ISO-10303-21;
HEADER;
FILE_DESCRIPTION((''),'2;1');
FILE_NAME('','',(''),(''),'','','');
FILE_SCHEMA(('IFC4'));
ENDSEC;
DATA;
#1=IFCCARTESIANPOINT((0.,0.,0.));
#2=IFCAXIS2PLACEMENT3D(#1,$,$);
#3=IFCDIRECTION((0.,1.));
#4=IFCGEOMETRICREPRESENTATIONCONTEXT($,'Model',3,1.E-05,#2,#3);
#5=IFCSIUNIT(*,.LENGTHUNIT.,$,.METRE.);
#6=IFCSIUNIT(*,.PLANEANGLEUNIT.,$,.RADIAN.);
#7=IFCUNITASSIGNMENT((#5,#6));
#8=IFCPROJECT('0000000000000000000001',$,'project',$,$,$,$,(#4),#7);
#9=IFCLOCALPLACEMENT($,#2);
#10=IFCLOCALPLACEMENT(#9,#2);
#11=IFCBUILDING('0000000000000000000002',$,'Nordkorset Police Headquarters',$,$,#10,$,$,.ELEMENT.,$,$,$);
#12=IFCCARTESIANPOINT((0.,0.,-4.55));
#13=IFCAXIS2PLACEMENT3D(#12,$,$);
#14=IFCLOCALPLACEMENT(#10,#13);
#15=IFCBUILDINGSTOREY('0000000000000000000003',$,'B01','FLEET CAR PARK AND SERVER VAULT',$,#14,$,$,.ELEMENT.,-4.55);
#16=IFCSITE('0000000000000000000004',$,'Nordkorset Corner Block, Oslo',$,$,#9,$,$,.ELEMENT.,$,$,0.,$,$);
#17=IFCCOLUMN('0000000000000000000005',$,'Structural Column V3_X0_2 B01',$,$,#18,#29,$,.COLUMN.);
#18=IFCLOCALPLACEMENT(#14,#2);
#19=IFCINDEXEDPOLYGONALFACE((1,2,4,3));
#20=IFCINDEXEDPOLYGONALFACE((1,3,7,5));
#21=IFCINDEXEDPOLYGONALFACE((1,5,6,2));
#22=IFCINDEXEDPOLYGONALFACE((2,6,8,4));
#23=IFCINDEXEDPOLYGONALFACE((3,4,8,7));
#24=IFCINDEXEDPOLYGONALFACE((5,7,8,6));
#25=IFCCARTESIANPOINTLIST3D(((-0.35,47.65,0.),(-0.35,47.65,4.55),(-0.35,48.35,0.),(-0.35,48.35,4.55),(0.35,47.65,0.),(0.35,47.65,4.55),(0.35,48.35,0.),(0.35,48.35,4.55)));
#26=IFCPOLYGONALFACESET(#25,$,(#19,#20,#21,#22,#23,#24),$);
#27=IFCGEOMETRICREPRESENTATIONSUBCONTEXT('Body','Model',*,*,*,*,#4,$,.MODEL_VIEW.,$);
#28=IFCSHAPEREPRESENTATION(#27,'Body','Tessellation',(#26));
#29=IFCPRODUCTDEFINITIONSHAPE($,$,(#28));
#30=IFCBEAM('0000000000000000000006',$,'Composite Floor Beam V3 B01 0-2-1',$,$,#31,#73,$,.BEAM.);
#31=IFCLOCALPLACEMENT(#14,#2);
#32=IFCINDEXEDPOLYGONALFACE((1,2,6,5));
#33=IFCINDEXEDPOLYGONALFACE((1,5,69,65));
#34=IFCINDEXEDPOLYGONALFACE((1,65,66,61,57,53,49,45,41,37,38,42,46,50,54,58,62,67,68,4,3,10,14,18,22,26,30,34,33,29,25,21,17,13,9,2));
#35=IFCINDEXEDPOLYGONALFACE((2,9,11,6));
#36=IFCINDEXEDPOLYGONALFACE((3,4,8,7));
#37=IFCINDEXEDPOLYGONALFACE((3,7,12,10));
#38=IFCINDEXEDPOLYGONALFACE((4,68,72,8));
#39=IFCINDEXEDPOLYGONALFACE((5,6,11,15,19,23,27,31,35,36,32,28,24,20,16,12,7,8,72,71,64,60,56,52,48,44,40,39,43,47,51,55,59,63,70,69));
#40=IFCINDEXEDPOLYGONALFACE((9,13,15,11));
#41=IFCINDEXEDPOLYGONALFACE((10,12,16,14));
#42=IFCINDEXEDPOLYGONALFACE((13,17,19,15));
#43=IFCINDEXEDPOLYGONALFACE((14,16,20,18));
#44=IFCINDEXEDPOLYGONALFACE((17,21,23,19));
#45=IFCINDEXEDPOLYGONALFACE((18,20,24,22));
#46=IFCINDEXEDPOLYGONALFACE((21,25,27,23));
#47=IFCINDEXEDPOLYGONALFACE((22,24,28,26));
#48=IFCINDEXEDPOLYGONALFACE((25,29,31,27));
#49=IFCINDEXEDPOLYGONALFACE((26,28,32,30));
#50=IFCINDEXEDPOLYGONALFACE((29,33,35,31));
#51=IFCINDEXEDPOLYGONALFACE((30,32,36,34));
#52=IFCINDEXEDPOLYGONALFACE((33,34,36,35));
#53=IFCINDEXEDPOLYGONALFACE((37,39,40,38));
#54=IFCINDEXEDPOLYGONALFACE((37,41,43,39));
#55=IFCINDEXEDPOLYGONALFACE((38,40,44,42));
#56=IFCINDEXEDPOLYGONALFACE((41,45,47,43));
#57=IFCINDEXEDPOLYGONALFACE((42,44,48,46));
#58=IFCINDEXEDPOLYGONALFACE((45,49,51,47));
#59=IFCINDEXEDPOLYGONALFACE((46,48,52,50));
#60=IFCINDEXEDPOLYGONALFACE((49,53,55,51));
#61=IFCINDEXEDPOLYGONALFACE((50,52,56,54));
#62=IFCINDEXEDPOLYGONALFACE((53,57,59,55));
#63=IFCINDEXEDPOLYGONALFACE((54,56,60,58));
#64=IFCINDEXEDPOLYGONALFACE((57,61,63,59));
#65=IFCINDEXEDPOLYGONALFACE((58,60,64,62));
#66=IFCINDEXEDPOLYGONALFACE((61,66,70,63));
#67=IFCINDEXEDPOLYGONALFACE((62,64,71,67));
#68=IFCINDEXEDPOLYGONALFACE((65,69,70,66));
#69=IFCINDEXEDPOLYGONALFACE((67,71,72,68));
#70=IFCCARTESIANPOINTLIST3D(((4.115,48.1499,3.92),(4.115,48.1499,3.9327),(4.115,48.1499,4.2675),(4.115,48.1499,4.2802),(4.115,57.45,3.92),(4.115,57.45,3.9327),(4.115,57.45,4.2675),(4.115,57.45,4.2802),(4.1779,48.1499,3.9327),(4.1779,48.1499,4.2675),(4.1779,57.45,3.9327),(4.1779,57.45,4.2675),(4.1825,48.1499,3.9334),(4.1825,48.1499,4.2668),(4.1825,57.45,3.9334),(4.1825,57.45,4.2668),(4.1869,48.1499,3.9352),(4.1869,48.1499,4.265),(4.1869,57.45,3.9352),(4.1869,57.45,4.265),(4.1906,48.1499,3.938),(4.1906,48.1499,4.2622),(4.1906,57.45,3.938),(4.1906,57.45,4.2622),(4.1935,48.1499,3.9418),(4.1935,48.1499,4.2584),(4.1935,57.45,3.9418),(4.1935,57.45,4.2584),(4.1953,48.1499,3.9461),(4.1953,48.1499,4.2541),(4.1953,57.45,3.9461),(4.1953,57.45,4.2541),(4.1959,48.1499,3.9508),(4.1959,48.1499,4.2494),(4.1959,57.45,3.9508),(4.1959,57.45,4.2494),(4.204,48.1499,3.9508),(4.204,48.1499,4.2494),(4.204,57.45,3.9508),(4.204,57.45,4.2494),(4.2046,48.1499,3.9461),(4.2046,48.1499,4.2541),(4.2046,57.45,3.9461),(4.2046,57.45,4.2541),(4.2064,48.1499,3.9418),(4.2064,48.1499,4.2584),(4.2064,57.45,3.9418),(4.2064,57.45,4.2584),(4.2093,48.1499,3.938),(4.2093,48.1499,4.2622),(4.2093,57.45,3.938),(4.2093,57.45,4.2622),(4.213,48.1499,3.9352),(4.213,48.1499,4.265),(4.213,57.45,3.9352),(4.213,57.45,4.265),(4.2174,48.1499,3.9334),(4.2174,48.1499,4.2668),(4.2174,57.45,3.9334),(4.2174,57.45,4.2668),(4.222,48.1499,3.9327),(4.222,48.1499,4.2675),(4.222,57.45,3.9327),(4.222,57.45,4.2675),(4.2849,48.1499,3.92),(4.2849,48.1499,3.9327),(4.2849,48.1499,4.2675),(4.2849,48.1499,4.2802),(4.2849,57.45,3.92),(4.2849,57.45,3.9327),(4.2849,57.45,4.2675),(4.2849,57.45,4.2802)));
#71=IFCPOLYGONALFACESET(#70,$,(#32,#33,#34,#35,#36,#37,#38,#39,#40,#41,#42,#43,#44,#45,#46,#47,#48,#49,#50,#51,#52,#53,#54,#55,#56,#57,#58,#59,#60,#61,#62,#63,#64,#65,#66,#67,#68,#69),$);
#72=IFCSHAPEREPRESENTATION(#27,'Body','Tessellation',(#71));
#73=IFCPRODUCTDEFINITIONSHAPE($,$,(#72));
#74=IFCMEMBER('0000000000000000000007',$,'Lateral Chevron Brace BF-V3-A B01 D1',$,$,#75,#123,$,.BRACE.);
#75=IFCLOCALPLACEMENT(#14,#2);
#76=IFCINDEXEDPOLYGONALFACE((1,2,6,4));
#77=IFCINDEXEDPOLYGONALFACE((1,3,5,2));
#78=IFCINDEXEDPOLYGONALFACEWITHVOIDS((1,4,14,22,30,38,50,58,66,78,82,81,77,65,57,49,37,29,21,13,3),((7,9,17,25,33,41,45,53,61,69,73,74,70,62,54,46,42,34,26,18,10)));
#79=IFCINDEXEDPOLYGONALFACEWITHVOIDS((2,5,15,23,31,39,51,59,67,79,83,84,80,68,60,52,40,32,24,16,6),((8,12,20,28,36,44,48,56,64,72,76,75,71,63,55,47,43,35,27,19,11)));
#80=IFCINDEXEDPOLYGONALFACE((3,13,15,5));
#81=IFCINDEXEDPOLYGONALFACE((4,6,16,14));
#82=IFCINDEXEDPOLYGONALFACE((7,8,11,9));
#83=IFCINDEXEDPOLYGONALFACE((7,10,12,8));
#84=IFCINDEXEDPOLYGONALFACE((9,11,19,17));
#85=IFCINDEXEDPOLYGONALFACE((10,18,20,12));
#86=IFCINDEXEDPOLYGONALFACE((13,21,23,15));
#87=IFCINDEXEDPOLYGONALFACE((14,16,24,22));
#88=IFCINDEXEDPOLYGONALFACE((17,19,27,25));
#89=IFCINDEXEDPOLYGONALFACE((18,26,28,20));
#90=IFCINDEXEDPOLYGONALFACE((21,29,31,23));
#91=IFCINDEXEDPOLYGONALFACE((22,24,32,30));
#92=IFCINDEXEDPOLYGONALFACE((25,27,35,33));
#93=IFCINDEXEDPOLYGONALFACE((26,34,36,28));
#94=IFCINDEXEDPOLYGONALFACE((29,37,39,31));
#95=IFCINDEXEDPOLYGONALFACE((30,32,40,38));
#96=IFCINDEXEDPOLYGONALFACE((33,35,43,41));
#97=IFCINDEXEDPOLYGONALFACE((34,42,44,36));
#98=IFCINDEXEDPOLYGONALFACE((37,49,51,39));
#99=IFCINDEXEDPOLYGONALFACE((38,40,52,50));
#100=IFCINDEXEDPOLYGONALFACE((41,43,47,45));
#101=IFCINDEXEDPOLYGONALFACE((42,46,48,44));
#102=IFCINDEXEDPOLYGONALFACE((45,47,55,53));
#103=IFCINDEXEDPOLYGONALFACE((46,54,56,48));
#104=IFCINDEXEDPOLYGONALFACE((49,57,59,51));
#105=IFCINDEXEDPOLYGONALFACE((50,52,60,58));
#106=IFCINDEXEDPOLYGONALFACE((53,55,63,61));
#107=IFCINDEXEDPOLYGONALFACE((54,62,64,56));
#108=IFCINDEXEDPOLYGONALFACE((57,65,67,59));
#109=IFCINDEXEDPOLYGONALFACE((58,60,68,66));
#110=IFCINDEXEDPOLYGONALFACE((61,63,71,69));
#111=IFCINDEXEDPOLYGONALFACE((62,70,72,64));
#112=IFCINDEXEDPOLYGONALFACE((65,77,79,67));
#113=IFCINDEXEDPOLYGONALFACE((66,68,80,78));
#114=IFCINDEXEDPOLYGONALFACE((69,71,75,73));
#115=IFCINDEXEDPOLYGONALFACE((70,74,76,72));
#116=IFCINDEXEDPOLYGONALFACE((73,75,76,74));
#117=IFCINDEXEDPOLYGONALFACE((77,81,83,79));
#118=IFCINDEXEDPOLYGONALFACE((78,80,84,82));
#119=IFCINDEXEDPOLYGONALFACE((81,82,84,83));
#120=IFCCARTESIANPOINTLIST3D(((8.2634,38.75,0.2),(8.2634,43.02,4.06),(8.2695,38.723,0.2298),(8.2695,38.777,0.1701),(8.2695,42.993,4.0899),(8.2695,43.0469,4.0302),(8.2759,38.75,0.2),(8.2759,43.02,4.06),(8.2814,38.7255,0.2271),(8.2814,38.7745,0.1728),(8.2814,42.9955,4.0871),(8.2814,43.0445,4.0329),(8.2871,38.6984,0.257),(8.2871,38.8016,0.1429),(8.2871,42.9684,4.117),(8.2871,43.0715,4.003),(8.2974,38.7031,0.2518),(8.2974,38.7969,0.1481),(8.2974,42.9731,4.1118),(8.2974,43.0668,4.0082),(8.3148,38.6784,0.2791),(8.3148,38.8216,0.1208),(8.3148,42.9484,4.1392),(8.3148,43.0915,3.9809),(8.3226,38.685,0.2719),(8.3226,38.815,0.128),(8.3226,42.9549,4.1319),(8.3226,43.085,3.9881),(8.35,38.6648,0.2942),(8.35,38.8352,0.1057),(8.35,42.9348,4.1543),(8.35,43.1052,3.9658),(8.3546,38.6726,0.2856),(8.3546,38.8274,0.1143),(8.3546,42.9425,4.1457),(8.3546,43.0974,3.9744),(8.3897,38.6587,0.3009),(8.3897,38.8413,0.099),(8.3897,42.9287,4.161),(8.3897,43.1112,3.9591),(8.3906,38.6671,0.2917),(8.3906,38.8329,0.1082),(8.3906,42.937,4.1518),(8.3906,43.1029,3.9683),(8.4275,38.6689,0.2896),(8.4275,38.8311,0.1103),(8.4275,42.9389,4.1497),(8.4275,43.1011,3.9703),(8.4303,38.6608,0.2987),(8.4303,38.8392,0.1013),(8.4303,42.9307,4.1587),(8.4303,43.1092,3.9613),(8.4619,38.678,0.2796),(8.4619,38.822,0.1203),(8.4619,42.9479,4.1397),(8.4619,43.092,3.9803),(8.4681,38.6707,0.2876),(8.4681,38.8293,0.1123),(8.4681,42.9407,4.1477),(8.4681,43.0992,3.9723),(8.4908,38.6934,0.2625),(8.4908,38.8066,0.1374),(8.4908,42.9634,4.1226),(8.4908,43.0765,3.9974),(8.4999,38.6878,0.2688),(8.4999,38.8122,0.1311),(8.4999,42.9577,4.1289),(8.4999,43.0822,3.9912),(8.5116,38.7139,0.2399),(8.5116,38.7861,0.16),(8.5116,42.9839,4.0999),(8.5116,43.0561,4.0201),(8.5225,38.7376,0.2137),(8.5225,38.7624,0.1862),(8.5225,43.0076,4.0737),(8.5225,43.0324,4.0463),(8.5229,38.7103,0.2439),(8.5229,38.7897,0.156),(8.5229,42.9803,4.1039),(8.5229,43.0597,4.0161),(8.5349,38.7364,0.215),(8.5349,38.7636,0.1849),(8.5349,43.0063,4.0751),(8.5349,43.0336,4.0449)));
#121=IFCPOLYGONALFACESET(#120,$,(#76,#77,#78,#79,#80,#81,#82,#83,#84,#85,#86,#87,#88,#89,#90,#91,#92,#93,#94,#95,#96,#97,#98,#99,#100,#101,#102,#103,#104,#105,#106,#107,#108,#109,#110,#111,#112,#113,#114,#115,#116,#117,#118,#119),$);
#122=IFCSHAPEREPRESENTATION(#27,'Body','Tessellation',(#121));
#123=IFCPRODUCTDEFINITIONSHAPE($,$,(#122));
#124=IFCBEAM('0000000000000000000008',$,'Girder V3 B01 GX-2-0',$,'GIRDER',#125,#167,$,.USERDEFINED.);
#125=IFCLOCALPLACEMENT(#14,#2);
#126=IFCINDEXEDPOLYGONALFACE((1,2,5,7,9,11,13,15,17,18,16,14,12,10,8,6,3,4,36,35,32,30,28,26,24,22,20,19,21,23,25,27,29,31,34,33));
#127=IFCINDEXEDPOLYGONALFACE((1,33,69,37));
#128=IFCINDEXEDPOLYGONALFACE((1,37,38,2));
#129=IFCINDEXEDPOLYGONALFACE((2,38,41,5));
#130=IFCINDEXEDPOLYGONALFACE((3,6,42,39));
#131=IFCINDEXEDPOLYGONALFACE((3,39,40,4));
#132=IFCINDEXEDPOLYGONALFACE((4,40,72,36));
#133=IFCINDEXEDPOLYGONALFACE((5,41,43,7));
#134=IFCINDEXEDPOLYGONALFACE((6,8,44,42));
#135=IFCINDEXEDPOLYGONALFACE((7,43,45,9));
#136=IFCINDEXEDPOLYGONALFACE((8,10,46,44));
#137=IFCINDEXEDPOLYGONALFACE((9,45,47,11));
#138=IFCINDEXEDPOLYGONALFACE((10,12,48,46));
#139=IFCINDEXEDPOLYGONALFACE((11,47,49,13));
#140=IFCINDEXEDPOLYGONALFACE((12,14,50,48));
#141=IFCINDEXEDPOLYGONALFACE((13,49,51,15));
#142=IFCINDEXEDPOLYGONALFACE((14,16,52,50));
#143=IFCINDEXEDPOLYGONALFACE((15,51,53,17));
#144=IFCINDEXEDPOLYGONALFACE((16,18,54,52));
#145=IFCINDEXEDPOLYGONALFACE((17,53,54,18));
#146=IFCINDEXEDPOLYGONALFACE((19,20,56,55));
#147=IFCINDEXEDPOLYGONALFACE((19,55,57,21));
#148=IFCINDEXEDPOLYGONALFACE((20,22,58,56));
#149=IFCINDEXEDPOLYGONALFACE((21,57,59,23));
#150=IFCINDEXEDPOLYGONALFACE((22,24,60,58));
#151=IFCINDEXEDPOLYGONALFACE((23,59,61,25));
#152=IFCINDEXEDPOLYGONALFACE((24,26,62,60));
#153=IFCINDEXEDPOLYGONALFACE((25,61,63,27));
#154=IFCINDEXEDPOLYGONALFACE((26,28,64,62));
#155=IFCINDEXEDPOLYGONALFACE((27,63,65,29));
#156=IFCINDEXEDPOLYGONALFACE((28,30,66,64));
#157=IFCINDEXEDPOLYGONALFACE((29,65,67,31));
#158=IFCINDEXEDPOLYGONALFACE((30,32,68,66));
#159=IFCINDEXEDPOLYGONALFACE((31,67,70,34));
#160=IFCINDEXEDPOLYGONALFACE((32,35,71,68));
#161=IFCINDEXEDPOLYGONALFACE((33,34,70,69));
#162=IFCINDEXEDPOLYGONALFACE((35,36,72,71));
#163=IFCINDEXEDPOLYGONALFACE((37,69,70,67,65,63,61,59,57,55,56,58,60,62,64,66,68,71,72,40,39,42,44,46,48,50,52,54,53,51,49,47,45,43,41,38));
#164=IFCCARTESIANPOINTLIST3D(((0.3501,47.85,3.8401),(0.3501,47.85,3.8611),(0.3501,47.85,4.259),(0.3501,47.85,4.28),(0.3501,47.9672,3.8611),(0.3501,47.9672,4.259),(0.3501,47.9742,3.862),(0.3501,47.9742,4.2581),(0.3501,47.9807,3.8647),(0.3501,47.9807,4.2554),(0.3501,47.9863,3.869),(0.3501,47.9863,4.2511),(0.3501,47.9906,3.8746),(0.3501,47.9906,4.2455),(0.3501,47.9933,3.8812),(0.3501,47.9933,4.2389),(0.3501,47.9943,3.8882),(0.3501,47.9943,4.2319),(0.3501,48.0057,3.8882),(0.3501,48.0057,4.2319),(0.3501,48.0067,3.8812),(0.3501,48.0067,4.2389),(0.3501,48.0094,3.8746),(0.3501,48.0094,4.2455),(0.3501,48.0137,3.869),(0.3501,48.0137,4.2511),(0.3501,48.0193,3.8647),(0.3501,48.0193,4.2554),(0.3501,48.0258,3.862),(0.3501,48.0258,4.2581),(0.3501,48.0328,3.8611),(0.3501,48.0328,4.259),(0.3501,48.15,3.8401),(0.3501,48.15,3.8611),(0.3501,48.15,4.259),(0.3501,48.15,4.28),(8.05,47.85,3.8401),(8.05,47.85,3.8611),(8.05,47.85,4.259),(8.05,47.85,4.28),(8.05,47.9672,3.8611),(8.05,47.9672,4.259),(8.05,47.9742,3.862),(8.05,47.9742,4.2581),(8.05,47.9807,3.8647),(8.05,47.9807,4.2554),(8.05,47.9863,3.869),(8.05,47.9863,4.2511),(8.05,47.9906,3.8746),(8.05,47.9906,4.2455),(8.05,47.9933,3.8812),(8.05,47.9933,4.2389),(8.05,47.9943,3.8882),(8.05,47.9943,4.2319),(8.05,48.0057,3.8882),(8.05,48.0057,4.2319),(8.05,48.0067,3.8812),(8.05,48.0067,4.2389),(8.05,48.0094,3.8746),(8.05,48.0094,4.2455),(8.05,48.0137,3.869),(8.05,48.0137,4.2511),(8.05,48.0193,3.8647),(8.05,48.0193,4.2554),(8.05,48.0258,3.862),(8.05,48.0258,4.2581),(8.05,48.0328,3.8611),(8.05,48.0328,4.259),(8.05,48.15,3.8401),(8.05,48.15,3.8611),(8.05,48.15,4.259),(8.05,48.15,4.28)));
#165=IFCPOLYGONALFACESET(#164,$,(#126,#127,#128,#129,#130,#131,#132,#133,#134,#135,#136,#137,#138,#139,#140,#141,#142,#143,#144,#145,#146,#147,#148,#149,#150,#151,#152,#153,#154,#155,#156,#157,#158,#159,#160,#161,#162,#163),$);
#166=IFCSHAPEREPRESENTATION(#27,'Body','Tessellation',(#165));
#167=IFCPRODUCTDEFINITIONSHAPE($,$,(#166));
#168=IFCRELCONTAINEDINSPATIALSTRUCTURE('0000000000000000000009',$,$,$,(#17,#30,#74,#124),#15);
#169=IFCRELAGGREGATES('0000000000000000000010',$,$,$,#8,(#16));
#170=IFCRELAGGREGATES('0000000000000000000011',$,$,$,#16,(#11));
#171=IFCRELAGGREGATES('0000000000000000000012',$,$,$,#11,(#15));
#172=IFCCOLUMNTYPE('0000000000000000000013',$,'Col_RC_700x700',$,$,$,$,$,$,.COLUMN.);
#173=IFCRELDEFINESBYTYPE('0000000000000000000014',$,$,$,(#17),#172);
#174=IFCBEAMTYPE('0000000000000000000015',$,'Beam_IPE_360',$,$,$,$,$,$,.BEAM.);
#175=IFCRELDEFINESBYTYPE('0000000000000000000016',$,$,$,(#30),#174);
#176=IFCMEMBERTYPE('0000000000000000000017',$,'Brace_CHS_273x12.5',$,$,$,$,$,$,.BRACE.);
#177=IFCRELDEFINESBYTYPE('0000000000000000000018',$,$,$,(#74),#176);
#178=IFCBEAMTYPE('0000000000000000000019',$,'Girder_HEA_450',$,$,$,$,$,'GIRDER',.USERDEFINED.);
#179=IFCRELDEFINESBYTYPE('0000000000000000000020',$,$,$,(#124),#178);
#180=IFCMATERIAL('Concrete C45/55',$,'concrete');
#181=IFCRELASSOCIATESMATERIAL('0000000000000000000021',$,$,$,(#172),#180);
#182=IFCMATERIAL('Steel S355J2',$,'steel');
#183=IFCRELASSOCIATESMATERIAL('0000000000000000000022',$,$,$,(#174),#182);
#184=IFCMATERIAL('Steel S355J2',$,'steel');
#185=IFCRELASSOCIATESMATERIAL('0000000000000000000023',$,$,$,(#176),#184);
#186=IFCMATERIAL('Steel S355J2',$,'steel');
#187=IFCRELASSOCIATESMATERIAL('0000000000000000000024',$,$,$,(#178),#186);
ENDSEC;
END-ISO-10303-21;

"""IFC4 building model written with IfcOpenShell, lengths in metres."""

from ifc_helpers import new_model, si_unit, direction, frame, origin, origin_2d, place, context, subcontext, project, spatial, rectangle, hollow_circle, i_section, extrude, material, material_profile, profile_set, type_object, element, save


model = new_model("IFC4")

# Units and contexts
model_context = context("Model", 3, precision=1e-05, world=origin(), true_north=direction((0.0, 1.0)))
body_context = subcontext(model_context, "Body", "Model", "MODEL_VIEW")
ifc_project = project(units=[si_unit("LENGTHUNIT", "METRE"), si_unit("PLANEANGLEUNIT", "RADIAN")], contexts=[model_context])

# Site, building, storey
site_placement = place(None, origin())
site = spatial("IfcSite", under=ifc_project, at=site_placement, Name="Nordkorset Corner Block, Oslo", CompositionType="ELEMENT", RefElevation=0.0)
building_placement = place(site_placement, origin())
building = spatial("IfcBuilding", under=site, at=building_placement, Name="Nordkorset Police Headquarters", CompositionType="ELEMENT")
storey_placement = place(building_placement, frame((0.0, 0.0, -4.55)))
storey = spatial("IfcBuildingStorey", under=building, at=storey_placement, Name="B01", Description="FLEET CAR PARK AND SERVER VAULT", CompositionType="ELEMENT", Elevation=-4.55)

# Column
ifc_material_1 = material(Name="Concrete C45/55", Category="concrete")
ifc_material_profile_1 = material_profile(ifc_material_1, rectangle(XDim=0.7, YDim=0.7, at=origin_2d()), Name="RC 700x700")
ifc_profile_set_1 = profile_set([ifc_material_profile_1], Name="Concrete C45/55")
column_type = type_object("IfcColumnType", Name="Col_RC_700x700", PredefinedType="COLUMN", material=ifc_profile_set_1)
column_placement = place(storey_placement, frame((0.0, 48.0, 0.0), z_axis=(0.0, 0.0, 1.0), x_axis=(1.0, 0.0, 0.0)))
element("IfcColumn", 1, at=column_placement, inside=storey, type_object=column_type, Name="Structural Column V3_X0_2 B01", PredefinedType="COLUMN", context=body_context, shape_type="SweptSolid", body=[
    extrude(rectangle(XDim=0.7, YDim=0.7, at=origin_2d()), origin(), (0.0, 0.0, 1.0), 4.55),
])

# Beam
ifc_material_2 = material(Name="Steel S355J2", Category="steel")
ifc_material_profile_2 = material_profile(ifc_material_2, i_section(OverallWidth=0.1699, OverallDepth=0.3601, WebThickness=0.0081, FlangeThickness=0.0127, FilletRadius=0.0181, at=origin_2d()), Name="IPE 360")
ifc_profile_set_2 = profile_set([ifc_material_profile_2], Name="Steel S355J2")
beam_type_1 = type_object("IfcBeamType", Name="Beam_IPE_360", PredefinedType="BEAM", material=ifc_profile_set_2)
beam_1_placement = place(storey_placement, frame((4.2, 48.1499, 4.1001), z_axis=(0.0, 1.0, 0.0), x_axis=(-1.0, 0.0, 0.0)))
element("IfcBeam", 2, at=beam_1_placement, inside=storey, type_object=beam_type_1, Name="Composite Floor Beam V3 B01 0-2-1", PredefinedType="BEAM", context=body_context, shape_type="SweptSolid", body=[
    extrude(i_section(OverallWidth=0.1699, OverallDepth=0.3601, WebThickness=0.0081, FlangeThickness=0.0127, FilletRadius=0.0181, at=origin_2d()), origin(), (0.0, 0.0, 1.0), 9.3),
])

# Member
ifc_material_3 = material(Name="Steel S355J2", Category="steel")
ifc_material_profile_3 = material_profile(ifc_material_3, hollow_circle(Radius=0.1365, WallThickness=0.0125, at=origin_2d()), Name="CHS 273x12.5")
ifc_profile_set_3 = profile_set([ifc_material_profile_3], Name="Steel S355J2")
member_type = type_object("IfcMemberType", Name="Brace_CHS_273x12.5", PredefinedType="BRACE", material=ifc_profile_set_3)
member_placement = place(storey_placement, frame((8.3999, 38.75, 0.2), z_axis=(0.0, 0.741816, 0.670603), x_axis=(-1.0, 0.0, 0.0)))
element("IfcMember", 3, at=member_placement, inside=storey, type_object=member_type, Name="Lateral Chevron Brace BF-V3-A B01 D1", PredefinedType="BRACE", context=body_context, shape_type="SweptSolid", body=[
    extrude(hollow_circle(Radius=0.1365, WallThickness=0.0125, at=origin_2d()), origin(), (0.0, 0.0, 1.0), 5.7561),
])

# Beam
ifc_material_4 = material(Name="Steel S355J2", Category="steel")
ifc_material_profile_4 = material_profile(ifc_material_4, i_section(OverallWidth=0.3, OverallDepth=0.4399, WebThickness=0.0115, FlangeThickness=0.021, FilletRadius=0.0271, at=origin_2d()), Name="HEA 450")
ifc_profile_set_4 = profile_set([ifc_material_profile_4], Name="Steel S355J2")
beam_type_2 = type_object("IfcBeamType", Name="Girder_HEA_450", ElementType="GIRDER", PredefinedType="USERDEFINED", material=ifc_profile_set_4)
beam_2_placement = place(storey_placement, frame((0.3501, 48.0, 4.0601), z_axis=(1.0, 0.0, 0.0), x_axis=(0.0, 1.0, 0.0)))
element("IfcBeam", 4, at=beam_2_placement, inside=storey, type_object=beam_type_2, Name="Girder V3 B01 GX-2-0", ObjectType="GIRDER", PredefinedType="USERDEFINED", context=body_context, shape_type="SweptSolid", body=[
    extrude(i_section(OverallWidth=0.3, OverallDepth=0.4399, WebThickness=0.0115, FlangeThickness=0.021, FilletRadius=0.0271, at=origin_2d()), origin(), (0.0, 0.0, 1.0), 7.7),
])

save(model, "model.ifc")
